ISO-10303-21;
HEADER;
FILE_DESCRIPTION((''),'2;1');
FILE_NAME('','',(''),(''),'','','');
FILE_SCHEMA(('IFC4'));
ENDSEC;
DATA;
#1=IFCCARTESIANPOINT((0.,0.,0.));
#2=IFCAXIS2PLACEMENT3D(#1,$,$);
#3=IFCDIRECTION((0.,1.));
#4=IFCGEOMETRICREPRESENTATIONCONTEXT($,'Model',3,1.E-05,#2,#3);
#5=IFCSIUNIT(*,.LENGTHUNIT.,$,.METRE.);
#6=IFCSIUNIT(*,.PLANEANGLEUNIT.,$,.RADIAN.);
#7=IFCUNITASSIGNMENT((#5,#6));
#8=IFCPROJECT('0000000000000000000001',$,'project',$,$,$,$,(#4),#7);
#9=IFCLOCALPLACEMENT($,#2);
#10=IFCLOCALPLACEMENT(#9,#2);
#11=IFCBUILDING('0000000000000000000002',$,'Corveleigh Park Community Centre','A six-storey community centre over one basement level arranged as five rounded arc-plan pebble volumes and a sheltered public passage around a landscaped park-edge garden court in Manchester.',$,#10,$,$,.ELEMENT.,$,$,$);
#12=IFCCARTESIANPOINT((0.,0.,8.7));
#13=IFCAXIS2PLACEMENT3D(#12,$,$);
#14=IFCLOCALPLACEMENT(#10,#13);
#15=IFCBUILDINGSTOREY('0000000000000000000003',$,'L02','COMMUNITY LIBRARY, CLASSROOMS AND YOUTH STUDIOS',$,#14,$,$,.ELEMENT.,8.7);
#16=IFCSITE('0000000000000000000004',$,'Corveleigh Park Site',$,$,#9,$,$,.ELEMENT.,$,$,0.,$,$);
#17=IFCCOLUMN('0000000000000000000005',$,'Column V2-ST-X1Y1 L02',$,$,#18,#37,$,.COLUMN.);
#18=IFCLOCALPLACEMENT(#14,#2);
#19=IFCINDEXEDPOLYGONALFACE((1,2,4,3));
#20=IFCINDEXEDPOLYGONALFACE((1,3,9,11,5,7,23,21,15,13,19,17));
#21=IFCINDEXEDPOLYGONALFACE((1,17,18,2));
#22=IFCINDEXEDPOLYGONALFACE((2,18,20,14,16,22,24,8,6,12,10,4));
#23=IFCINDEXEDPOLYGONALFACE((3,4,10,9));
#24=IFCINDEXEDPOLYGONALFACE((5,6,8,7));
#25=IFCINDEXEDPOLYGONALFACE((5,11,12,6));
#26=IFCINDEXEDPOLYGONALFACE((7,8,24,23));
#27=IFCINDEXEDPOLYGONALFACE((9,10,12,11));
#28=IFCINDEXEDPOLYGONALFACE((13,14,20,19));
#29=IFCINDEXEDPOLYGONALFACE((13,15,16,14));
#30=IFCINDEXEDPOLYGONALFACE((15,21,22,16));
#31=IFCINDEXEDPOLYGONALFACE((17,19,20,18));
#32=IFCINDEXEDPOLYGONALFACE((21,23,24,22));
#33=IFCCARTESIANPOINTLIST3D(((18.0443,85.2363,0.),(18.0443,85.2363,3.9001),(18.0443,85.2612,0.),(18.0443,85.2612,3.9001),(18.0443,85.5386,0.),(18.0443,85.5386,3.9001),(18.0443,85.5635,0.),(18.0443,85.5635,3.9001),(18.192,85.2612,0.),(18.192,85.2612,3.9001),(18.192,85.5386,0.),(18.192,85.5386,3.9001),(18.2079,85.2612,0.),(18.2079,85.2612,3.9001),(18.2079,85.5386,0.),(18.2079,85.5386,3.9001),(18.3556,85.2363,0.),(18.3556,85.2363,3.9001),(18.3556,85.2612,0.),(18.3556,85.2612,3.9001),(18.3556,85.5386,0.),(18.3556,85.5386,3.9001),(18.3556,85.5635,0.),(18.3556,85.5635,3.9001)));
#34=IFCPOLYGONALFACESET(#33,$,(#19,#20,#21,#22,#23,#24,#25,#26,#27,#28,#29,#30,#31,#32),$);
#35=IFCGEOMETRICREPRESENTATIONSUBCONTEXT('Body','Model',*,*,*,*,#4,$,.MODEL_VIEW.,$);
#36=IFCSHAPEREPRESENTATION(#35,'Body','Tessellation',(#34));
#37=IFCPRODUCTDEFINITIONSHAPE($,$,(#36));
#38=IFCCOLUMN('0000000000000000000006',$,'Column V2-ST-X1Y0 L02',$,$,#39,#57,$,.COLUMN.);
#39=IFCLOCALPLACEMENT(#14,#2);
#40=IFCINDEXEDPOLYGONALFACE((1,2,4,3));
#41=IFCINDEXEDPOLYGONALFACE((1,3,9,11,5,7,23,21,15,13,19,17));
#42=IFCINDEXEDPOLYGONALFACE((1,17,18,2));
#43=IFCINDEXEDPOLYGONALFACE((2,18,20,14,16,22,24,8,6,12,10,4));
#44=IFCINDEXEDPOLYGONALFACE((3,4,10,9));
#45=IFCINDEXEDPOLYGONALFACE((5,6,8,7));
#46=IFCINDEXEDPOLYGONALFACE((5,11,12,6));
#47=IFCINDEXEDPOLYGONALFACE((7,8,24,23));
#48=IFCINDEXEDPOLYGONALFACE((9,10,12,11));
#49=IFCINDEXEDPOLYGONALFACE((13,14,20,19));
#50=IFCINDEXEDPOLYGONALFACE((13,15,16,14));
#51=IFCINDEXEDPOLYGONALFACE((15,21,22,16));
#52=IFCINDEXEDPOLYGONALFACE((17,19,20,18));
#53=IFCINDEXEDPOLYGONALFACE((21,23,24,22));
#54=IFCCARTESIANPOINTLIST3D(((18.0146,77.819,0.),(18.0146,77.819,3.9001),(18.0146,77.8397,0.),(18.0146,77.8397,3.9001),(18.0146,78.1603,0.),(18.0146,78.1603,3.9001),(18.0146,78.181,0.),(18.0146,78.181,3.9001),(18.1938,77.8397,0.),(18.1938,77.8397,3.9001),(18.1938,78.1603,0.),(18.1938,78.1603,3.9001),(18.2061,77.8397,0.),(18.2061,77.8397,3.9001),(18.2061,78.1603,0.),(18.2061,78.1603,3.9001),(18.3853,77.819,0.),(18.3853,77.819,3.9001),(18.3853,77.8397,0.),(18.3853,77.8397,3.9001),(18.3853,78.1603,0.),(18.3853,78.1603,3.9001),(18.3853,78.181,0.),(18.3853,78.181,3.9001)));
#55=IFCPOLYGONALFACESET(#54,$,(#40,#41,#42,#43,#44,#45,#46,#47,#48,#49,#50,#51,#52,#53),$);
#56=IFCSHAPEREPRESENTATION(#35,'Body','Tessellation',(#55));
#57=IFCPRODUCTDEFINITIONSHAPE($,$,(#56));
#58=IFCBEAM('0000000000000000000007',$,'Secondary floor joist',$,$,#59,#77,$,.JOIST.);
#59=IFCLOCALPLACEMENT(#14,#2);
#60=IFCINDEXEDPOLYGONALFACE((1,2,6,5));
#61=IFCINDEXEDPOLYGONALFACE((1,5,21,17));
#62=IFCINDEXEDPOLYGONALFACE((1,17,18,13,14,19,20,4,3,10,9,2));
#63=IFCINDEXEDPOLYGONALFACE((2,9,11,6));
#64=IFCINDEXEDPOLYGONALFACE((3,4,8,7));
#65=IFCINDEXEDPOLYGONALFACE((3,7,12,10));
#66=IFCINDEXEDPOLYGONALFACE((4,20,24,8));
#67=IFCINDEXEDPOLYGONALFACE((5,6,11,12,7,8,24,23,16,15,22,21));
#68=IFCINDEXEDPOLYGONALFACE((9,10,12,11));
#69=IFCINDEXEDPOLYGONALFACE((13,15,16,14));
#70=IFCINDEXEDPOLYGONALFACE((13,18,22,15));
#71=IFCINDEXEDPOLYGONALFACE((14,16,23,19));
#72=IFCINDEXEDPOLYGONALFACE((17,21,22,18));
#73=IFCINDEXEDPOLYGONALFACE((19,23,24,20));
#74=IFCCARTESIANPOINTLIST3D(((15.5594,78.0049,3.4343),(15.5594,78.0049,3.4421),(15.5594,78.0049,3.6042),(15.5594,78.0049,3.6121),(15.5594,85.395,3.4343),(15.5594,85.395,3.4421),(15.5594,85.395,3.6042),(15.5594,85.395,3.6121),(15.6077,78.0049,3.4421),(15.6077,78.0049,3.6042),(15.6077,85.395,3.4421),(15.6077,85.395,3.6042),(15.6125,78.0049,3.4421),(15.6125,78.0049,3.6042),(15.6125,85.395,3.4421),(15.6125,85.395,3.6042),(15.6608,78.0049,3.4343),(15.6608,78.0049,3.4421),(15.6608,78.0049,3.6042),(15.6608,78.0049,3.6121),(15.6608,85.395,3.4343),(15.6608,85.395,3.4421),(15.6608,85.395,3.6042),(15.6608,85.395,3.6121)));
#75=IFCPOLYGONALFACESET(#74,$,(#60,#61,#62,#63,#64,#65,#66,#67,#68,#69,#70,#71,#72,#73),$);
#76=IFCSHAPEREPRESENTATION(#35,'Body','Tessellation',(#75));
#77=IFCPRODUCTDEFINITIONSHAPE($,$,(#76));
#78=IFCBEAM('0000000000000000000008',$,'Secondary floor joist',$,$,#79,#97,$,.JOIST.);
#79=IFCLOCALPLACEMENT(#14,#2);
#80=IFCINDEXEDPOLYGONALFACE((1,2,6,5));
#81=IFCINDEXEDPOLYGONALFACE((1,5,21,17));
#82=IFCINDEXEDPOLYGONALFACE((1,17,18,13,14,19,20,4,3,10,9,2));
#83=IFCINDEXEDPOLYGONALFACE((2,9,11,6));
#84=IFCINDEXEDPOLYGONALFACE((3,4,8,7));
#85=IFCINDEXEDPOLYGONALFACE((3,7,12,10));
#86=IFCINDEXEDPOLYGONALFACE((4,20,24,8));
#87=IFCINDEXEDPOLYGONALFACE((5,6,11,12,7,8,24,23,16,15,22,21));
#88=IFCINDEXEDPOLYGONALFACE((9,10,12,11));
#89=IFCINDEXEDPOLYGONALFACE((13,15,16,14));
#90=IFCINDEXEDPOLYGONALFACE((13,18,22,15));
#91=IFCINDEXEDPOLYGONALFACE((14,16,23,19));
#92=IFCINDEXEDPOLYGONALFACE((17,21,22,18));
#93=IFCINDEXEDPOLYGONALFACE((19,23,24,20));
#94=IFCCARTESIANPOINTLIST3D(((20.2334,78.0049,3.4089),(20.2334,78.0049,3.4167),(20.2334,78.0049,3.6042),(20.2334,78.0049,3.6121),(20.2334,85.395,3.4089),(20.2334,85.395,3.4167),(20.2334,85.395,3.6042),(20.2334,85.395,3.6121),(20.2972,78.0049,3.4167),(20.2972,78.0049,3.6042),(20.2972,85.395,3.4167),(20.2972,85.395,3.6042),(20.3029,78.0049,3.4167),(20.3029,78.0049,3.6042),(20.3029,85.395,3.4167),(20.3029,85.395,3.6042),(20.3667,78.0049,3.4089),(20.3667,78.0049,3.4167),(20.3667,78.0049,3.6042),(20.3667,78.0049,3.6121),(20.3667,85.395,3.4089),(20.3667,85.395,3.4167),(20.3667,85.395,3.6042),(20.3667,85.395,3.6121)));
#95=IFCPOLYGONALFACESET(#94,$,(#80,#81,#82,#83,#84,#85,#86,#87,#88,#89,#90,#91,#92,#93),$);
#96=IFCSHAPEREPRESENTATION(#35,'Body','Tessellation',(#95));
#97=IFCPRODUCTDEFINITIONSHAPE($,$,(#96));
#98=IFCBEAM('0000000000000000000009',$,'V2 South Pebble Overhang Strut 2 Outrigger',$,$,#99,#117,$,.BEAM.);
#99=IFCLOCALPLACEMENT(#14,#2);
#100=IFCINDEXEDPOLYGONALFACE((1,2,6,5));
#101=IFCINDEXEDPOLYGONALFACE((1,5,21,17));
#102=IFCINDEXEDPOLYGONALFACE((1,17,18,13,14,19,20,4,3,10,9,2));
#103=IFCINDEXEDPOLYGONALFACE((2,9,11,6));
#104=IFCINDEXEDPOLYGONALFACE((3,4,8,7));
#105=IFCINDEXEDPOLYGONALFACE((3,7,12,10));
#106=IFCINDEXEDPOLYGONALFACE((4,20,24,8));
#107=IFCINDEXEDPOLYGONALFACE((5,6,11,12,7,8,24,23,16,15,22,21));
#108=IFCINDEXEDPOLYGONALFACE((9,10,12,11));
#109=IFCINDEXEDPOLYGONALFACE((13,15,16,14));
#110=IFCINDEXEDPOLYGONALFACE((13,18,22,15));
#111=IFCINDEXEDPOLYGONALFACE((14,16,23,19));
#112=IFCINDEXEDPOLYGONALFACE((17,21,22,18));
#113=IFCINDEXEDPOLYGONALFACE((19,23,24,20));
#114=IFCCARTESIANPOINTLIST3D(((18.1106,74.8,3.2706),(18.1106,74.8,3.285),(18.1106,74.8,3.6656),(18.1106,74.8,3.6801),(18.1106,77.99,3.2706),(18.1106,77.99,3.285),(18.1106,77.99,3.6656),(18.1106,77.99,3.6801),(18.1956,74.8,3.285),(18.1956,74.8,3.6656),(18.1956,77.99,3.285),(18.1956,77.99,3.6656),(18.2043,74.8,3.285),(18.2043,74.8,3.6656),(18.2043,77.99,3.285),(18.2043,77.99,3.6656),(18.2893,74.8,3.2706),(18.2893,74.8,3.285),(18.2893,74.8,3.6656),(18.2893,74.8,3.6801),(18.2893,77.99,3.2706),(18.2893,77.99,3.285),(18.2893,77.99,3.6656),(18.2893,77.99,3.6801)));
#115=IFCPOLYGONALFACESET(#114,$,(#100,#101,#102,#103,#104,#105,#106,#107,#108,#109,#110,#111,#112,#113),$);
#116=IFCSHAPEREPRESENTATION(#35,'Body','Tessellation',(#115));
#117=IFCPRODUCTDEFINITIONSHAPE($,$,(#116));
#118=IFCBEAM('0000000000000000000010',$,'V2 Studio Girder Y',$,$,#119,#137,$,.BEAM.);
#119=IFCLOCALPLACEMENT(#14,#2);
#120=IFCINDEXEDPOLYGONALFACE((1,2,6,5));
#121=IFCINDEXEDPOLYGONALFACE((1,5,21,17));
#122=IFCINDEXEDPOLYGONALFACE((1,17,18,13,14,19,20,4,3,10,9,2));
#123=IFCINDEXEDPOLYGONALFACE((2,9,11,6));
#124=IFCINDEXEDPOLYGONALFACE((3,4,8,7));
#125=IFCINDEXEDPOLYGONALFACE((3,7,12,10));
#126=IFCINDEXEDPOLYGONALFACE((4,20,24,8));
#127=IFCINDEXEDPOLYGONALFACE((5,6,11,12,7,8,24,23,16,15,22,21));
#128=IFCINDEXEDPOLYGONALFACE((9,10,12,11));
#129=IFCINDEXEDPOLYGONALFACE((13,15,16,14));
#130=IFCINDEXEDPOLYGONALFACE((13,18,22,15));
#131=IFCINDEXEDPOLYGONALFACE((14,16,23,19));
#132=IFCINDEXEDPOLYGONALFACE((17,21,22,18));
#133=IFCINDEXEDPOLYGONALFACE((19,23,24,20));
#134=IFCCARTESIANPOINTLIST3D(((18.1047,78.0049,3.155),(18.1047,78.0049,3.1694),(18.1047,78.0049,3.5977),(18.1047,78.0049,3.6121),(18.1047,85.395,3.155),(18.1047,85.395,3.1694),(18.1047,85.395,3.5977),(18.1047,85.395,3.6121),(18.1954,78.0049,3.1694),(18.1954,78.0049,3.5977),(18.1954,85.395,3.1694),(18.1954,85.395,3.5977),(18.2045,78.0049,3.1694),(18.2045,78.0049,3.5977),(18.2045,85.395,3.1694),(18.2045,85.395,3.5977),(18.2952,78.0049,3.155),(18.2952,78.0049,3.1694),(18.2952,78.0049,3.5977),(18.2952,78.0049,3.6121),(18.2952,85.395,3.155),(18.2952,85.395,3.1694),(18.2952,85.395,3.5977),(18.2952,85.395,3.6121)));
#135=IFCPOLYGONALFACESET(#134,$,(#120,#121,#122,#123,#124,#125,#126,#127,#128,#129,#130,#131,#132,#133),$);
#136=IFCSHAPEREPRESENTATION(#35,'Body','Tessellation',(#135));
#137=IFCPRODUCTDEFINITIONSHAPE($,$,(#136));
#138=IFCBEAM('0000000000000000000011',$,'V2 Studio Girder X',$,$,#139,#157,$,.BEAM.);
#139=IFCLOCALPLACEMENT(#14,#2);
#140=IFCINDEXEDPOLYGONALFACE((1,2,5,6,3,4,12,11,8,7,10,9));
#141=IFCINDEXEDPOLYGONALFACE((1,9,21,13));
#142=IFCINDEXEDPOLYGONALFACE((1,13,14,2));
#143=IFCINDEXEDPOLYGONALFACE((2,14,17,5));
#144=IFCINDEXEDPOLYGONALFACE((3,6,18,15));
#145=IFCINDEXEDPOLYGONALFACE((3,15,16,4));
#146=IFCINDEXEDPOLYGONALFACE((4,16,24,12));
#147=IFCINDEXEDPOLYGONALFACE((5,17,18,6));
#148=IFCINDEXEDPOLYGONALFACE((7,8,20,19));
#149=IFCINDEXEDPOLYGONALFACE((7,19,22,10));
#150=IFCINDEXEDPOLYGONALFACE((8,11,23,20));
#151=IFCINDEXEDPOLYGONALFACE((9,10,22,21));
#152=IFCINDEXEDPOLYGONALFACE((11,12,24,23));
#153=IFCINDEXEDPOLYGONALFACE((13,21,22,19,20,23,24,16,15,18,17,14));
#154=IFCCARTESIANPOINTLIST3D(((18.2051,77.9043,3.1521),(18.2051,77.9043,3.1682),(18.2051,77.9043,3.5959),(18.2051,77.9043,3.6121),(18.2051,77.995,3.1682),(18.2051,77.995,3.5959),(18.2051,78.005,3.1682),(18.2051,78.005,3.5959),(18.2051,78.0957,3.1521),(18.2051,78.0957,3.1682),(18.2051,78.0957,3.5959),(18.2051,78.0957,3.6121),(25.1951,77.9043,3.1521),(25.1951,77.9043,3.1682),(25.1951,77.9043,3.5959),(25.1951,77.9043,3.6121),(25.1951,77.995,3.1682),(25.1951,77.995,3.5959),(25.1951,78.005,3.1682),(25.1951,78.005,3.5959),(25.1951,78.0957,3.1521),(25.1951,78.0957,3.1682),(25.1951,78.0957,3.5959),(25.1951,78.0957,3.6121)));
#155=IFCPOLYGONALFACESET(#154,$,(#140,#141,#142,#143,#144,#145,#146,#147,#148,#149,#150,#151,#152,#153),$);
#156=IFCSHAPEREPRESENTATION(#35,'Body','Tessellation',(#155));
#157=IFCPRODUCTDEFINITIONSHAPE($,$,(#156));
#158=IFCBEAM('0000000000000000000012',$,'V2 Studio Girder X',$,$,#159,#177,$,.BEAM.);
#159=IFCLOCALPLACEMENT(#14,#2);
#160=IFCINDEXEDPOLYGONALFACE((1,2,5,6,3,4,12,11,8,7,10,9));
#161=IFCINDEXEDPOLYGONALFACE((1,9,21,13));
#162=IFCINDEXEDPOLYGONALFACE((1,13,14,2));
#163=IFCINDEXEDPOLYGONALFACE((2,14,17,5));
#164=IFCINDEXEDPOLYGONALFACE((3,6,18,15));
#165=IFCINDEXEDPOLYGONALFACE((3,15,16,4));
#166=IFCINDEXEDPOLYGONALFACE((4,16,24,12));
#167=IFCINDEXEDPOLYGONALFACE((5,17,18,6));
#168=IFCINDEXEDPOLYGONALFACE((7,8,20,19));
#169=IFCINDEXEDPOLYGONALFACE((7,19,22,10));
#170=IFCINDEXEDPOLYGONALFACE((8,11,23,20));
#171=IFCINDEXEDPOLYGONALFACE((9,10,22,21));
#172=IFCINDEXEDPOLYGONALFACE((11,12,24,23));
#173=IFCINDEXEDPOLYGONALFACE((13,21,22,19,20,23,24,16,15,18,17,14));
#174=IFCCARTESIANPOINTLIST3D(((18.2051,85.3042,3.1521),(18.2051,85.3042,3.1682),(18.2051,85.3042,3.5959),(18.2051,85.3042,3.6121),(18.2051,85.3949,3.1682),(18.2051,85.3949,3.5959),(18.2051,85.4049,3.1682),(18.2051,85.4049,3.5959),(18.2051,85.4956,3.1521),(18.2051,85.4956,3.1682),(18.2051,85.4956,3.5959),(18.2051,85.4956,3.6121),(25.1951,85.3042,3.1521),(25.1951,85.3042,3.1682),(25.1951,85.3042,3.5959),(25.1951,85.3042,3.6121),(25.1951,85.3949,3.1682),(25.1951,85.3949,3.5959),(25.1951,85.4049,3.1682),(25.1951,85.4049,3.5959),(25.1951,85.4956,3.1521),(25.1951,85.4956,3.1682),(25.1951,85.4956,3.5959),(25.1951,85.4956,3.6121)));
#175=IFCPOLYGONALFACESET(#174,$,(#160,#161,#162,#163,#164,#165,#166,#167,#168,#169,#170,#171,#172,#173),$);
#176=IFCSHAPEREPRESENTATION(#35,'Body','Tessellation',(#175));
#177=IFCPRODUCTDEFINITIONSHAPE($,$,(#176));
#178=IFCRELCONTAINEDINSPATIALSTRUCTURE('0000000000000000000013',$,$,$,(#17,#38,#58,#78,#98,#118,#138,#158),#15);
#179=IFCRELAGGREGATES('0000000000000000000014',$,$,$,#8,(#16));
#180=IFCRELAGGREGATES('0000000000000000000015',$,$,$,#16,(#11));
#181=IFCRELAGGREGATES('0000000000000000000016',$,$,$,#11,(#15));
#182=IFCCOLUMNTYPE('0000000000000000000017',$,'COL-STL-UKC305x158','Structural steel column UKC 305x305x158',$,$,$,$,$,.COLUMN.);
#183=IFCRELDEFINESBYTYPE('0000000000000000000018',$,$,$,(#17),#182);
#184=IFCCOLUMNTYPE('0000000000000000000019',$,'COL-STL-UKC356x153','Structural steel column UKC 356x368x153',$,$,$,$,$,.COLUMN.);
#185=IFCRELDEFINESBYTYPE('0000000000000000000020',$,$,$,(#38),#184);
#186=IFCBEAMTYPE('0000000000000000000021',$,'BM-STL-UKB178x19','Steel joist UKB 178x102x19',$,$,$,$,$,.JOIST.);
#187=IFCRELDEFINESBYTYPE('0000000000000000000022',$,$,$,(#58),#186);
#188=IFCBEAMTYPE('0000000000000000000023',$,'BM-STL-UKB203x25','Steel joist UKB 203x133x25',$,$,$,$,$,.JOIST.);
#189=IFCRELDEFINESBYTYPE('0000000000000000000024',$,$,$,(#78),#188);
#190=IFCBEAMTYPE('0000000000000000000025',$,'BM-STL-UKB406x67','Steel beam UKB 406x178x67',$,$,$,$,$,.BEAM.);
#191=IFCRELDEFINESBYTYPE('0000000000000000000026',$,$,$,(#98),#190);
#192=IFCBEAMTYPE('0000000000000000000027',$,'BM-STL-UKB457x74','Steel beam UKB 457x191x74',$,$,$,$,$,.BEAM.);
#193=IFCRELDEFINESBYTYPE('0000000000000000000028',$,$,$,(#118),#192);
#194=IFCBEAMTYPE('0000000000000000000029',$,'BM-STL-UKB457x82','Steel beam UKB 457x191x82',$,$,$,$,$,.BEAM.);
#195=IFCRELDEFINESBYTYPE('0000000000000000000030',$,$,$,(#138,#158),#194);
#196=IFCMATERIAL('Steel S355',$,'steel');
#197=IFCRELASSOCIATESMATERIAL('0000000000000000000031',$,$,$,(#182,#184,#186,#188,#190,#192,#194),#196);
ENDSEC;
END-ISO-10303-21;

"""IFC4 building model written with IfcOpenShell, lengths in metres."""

from ifc_helpers import new_model, si_unit, direction, frame, origin, origin_2d, place, context, subcontext, project, spatial, i_section, extrude, material, material_profile, profile_set, type_object, element, save


model = new_model("IFC4")

# Units and contexts
model_context = context("Model", 3, precision=1e-05, world=origin(), true_north=direction((0.0, 1.0)))
body_context = subcontext(model_context, "Body", "Model", "MODEL_VIEW")
ifc_project = project(units=[si_unit("LENGTHUNIT", "METRE"), si_unit("PLANEANGLEUNIT", "RADIAN")], contexts=[model_context])

# Site, building, storey
site_placement = place(None, origin())
site = spatial("IfcSite", under=ifc_project, at=site_placement, Name="Corveleigh Park Site", CompositionType="ELEMENT", RefElevation=0.0)
building_placement = place(site_placement, origin())
building = spatial("IfcBuilding", under=site, at=building_placement, Name="Corveleigh Park Community Centre", Description="A six-storey community centre over one basement level arranged as five rounded arc-plan pebble volumes and a sheltered public passage around a landscaped park-edge garden court in Manchester.", CompositionType="ELEMENT")
storey_placement = place(building_placement, frame((0.0, 0.0, 8.7)))
storey = spatial("IfcBuildingStorey", under=building, at=storey_placement, Name="L02", Description="COMMUNITY LIBRARY, CLASSROOMS AND YOUTH STUDIOS", CompositionType="ELEMENT", Elevation=8.7)

# Columns
ifc_material_1 = material(Name="Steel S355", Category="steel")
ifc_material_profile_1 = material_profile(ifc_material_1, i_section(OverallWidth=0.3113, OverallDepth=0.3271, WebThickness=0.0159, FlangeThickness=0.0249, at=origin_2d()), Name="UKC 305x305x158", Category="steel")
ifc_profile_set_1 = profile_set([ifc_material_profile_1], Name="Steel S355")
column_type_1 = type_object("IfcColumnType", Name="COL-STL-UKC305x158", Description="Structural steel column UKC 305x305x158", PredefinedType="COLUMN", material=ifc_profile_set_1)
column_1_placement = place(storey_placement, frame((18.2, 85.3999, 0.0), z_axis=(0.0, 0.0, 1.0), x_axis=(1.0, 0.0, 0.0)))
element("IfcColumn", 1, at=column_1_placement, inside=storey, type_object=column_type_1, Name="Column V2-ST-X1Y1 L02", PredefinedType="COLUMN", context=body_context, shape_type="SweptSolid", body=[
    extrude(i_section(OverallWidth=0.3113, OverallDepth=0.3271, WebThickness=0.0159, FlangeThickness=0.0249, at=origin_2d()), origin(), (0.0, 0.0, 1.0), 3.9001),
])
ifc_material_profile_2 = material_profile(ifc_material_1, i_section(OverallWidth=0.3706, OverallDepth=0.3621, WebThickness=0.0122, FlangeThickness=0.0208, at=origin_2d()), Name="UKC 356x368x153", Category="steel")
ifc_profile_set_2 = profile_set([ifc_material_profile_2], Name="Steel S355")
column_type_2 = type_object("IfcColumnType", Name="COL-STL-UKC356x153", Description="Structural steel column UKC 356x368x153", PredefinedType="COLUMN", material=ifc_profile_set_2)
column_2_placement = place(storey_placement, frame((18.2, 78.0, 0.0), z_axis=(0.0, 0.0, 1.0), x_axis=(1.0, 0.0, 0.0)))
element("IfcColumn", 2, at=column_2_placement, inside=storey, type_object=column_type_2, Name="Column V2-ST-X1Y0 L02", PredefinedType="COLUMN", context=body_context, shape_type="SweptSolid", body=[
    extrude(i_section(OverallWidth=0.3706, OverallDepth=0.3621, WebThickness=0.0122, FlangeThickness=0.0208, at=origin_2d()), origin(), (0.0, 0.0, 1.0), 3.9001),
])

# Beams
ifc_material_profile_3 = material_profile(ifc_material_1, i_section(OverallWidth=0.1013, OverallDepth=0.1777, WebThickness=0.0049, FlangeThickness=0.0078, at=origin_2d()), Name="UKB 178x102x19", Category="steel")
ifc_profile_set_3 = profile_set([ifc_material_profile_3], Name="Steel S355")
beam_type_1 = type_object("IfcBeamType", Name="BM-STL-UKB178x19", Description="Steel joist UKB 178x102x19", PredefinedType="JOIST", material=ifc_profile_set_3)
beam_1_placement = place(storey_placement, frame((15.6101, 78.0049, 3.5232), z_axis=(0.0, 1.0, 0.0), x_axis=(-1.0, 0.0, 0.0)))
element("IfcBeam", 3, at=beam_1_placement, inside=storey, type_object=beam_type_1, Name="Secondary floor joist", PredefinedType="JOIST", context=body_context, shape_type="SweptSolid", body=[
    extrude(i_section(OverallWidth=0.1013, OverallDepth=0.1777, WebThickness=0.0049, FlangeThickness=0.0078, at=origin_2d()), origin(), (0.0, 0.0, 1.0), 7.3901),
])
ifc_material_profile_4 = material_profile(ifc_material_1, i_section(OverallWidth=0.1333, OverallDepth=0.2031, WebThickness=0.0056, FlangeThickness=0.0078, at=origin_2d()), Name="UKB 203x133x25", Category="steel")
ifc_profile_set_4 = profile_set([ifc_material_profile_4], Name="Steel S355")
beam_type_2 = type_object("IfcBeamType", Name="BM-STL-UKB203x25", Description="Steel joist UKB 203x133x25", PredefinedType="JOIST", material=ifc_profile_set_4)
beam_2_placement = place(storey_placement, frame((20.3, 78.0049, 3.5105), z_axis=(0.0, 1.0, 0.0), x_axis=(-1.0, 0.0, 0.0)))
element("IfcBeam", 4, at=beam_2_placement, inside=storey, type_object=beam_type_2, Name="Secondary floor joist", PredefinedType="JOIST", context=body_context, shape_type="SweptSolid", body=[
    extrude(i_section(OverallWidth=0.1333, OverallDepth=0.2031, WebThickness=0.0056, FlangeThickness=0.0078, at=origin_2d()), origin(), (0.0, 0.0, 1.0), 7.3901),
])
ifc_material_profile_5 = material_profile(ifc_material_1, i_section(OverallWidth=0.1787, OverallDepth=0.4094, WebThickness=0.0088, FlangeThickness=0.0144, at=origin_2d()), Name="UKB 406x178x67", Category="steel")
ifc_profile_set_5 = profile_set([ifc_material_profile_5], Name="Steel S355")
beam_type_3 = type_object("IfcBeamType", Name="BM-STL-UKB406x67", Description="Steel beam UKB 406x178x67", PredefinedType="BEAM", material=ifc_profile_set_5)
beam_3_placement = place(storey_placement, frame((18.2, 77.99, 3.4753), z_axis=(0.0, -1.0, 0.0), x_axis=(1.0, 0.0, 0.0)))
element("IfcBeam", 5, at=beam_3_placement, inside=storey, type_object=beam_type_3, Name="V2 South Pebble Overhang Strut 2 Outrigger", PredefinedType="BEAM", context=body_context, shape_type="SweptSolid", body=[
    extrude(i_section(OverallWidth=0.1787, OverallDepth=0.4094, WebThickness=0.0088, FlangeThickness=0.0144, at=origin_2d()), origin(), (0.0, 0.0, 1.0), 3.1899),
])
ifc_material_profile_6 = material_profile(ifc_material_1, i_section(OverallWidth=0.1904, OverallDepth=0.457, WebThickness=0.009, FlangeThickness=0.0144, at=origin_2d()), Name="UKB 457x191x74", Category="steel")
ifc_profile_set_6 = profile_set([ifc_material_profile_6], Name="Steel S355")
beam_type_4 = type_object("IfcBeamType", Name="BM-STL-UKB457x74", Description="Steel beam UKB 457x191x74", PredefinedType="BEAM", material=ifc_profile_set_6)
beam_4_placement = place(storey_placement, frame((18.2, 78.0049, 3.3835), z_axis=(0.0, 1.0, 0.0), x_axis=(-1.0, 0.0, 0.0)))
element("IfcBeam", 6, at=beam_4_placement, inside=storey, type_object=beam_type_4, Name="V2 Studio Girder Y", PredefinedType="BEAM", context=body_context, shape_type="SweptSolid", body=[
    extrude(i_section(OverallWidth=0.1904, OverallDepth=0.457, WebThickness=0.009, FlangeThickness=0.0144, at=origin_2d()), origin(), (0.0, 0.0, 1.0), 7.3901),
])
ifc_material_profile_7 = material_profile(ifc_material_1, i_section(OverallWidth=0.1914, OverallDepth=0.46, WebThickness=0.01, FlangeThickness=0.0161, at=origin_2d()), Name="UKB 457x191x82", Category="steel")
ifc_profile_set_7 = profile_set([ifc_material_profile_7], Name="Steel S355")
beam_type_5 = type_object("IfcBeamType", Name="BM-STL-UKB457x82", Description="Steel beam UKB 457x191x82", PredefinedType="BEAM", material=ifc_profile_set_7)
for number, where, z_axis, x_axis, name in (
    (7, (18.2051, 78.0, 3.3821), (1.0, 0.0, 0.0), (0.0, 1.0, 0.0), "V2 Studio Girder X"),
    (8, (18.2051, 85.3999, 3.3821), (1.0, 0.0, 0.0), (0.0, 1.0, 0.0), "V2 Studio Girder X"),
):
    element("IfcBeam", number, at=place(storey_placement, frame(where, z_axis=z_axis, x_axis=x_axis)), inside=storey, type_object=beam_type_5, Name=name, PredefinedType="BEAM", context=body_context, shape_type="SweptSolid", body=[
        extrude(i_section(OverallWidth=0.1914, OverallDepth=0.46, WebThickness=0.01, FlangeThickness=0.0161, at=origin_2d()), origin(), (0.0, 0.0, 1.0), 6.99),
    ])

save(model, "model.ifc")
